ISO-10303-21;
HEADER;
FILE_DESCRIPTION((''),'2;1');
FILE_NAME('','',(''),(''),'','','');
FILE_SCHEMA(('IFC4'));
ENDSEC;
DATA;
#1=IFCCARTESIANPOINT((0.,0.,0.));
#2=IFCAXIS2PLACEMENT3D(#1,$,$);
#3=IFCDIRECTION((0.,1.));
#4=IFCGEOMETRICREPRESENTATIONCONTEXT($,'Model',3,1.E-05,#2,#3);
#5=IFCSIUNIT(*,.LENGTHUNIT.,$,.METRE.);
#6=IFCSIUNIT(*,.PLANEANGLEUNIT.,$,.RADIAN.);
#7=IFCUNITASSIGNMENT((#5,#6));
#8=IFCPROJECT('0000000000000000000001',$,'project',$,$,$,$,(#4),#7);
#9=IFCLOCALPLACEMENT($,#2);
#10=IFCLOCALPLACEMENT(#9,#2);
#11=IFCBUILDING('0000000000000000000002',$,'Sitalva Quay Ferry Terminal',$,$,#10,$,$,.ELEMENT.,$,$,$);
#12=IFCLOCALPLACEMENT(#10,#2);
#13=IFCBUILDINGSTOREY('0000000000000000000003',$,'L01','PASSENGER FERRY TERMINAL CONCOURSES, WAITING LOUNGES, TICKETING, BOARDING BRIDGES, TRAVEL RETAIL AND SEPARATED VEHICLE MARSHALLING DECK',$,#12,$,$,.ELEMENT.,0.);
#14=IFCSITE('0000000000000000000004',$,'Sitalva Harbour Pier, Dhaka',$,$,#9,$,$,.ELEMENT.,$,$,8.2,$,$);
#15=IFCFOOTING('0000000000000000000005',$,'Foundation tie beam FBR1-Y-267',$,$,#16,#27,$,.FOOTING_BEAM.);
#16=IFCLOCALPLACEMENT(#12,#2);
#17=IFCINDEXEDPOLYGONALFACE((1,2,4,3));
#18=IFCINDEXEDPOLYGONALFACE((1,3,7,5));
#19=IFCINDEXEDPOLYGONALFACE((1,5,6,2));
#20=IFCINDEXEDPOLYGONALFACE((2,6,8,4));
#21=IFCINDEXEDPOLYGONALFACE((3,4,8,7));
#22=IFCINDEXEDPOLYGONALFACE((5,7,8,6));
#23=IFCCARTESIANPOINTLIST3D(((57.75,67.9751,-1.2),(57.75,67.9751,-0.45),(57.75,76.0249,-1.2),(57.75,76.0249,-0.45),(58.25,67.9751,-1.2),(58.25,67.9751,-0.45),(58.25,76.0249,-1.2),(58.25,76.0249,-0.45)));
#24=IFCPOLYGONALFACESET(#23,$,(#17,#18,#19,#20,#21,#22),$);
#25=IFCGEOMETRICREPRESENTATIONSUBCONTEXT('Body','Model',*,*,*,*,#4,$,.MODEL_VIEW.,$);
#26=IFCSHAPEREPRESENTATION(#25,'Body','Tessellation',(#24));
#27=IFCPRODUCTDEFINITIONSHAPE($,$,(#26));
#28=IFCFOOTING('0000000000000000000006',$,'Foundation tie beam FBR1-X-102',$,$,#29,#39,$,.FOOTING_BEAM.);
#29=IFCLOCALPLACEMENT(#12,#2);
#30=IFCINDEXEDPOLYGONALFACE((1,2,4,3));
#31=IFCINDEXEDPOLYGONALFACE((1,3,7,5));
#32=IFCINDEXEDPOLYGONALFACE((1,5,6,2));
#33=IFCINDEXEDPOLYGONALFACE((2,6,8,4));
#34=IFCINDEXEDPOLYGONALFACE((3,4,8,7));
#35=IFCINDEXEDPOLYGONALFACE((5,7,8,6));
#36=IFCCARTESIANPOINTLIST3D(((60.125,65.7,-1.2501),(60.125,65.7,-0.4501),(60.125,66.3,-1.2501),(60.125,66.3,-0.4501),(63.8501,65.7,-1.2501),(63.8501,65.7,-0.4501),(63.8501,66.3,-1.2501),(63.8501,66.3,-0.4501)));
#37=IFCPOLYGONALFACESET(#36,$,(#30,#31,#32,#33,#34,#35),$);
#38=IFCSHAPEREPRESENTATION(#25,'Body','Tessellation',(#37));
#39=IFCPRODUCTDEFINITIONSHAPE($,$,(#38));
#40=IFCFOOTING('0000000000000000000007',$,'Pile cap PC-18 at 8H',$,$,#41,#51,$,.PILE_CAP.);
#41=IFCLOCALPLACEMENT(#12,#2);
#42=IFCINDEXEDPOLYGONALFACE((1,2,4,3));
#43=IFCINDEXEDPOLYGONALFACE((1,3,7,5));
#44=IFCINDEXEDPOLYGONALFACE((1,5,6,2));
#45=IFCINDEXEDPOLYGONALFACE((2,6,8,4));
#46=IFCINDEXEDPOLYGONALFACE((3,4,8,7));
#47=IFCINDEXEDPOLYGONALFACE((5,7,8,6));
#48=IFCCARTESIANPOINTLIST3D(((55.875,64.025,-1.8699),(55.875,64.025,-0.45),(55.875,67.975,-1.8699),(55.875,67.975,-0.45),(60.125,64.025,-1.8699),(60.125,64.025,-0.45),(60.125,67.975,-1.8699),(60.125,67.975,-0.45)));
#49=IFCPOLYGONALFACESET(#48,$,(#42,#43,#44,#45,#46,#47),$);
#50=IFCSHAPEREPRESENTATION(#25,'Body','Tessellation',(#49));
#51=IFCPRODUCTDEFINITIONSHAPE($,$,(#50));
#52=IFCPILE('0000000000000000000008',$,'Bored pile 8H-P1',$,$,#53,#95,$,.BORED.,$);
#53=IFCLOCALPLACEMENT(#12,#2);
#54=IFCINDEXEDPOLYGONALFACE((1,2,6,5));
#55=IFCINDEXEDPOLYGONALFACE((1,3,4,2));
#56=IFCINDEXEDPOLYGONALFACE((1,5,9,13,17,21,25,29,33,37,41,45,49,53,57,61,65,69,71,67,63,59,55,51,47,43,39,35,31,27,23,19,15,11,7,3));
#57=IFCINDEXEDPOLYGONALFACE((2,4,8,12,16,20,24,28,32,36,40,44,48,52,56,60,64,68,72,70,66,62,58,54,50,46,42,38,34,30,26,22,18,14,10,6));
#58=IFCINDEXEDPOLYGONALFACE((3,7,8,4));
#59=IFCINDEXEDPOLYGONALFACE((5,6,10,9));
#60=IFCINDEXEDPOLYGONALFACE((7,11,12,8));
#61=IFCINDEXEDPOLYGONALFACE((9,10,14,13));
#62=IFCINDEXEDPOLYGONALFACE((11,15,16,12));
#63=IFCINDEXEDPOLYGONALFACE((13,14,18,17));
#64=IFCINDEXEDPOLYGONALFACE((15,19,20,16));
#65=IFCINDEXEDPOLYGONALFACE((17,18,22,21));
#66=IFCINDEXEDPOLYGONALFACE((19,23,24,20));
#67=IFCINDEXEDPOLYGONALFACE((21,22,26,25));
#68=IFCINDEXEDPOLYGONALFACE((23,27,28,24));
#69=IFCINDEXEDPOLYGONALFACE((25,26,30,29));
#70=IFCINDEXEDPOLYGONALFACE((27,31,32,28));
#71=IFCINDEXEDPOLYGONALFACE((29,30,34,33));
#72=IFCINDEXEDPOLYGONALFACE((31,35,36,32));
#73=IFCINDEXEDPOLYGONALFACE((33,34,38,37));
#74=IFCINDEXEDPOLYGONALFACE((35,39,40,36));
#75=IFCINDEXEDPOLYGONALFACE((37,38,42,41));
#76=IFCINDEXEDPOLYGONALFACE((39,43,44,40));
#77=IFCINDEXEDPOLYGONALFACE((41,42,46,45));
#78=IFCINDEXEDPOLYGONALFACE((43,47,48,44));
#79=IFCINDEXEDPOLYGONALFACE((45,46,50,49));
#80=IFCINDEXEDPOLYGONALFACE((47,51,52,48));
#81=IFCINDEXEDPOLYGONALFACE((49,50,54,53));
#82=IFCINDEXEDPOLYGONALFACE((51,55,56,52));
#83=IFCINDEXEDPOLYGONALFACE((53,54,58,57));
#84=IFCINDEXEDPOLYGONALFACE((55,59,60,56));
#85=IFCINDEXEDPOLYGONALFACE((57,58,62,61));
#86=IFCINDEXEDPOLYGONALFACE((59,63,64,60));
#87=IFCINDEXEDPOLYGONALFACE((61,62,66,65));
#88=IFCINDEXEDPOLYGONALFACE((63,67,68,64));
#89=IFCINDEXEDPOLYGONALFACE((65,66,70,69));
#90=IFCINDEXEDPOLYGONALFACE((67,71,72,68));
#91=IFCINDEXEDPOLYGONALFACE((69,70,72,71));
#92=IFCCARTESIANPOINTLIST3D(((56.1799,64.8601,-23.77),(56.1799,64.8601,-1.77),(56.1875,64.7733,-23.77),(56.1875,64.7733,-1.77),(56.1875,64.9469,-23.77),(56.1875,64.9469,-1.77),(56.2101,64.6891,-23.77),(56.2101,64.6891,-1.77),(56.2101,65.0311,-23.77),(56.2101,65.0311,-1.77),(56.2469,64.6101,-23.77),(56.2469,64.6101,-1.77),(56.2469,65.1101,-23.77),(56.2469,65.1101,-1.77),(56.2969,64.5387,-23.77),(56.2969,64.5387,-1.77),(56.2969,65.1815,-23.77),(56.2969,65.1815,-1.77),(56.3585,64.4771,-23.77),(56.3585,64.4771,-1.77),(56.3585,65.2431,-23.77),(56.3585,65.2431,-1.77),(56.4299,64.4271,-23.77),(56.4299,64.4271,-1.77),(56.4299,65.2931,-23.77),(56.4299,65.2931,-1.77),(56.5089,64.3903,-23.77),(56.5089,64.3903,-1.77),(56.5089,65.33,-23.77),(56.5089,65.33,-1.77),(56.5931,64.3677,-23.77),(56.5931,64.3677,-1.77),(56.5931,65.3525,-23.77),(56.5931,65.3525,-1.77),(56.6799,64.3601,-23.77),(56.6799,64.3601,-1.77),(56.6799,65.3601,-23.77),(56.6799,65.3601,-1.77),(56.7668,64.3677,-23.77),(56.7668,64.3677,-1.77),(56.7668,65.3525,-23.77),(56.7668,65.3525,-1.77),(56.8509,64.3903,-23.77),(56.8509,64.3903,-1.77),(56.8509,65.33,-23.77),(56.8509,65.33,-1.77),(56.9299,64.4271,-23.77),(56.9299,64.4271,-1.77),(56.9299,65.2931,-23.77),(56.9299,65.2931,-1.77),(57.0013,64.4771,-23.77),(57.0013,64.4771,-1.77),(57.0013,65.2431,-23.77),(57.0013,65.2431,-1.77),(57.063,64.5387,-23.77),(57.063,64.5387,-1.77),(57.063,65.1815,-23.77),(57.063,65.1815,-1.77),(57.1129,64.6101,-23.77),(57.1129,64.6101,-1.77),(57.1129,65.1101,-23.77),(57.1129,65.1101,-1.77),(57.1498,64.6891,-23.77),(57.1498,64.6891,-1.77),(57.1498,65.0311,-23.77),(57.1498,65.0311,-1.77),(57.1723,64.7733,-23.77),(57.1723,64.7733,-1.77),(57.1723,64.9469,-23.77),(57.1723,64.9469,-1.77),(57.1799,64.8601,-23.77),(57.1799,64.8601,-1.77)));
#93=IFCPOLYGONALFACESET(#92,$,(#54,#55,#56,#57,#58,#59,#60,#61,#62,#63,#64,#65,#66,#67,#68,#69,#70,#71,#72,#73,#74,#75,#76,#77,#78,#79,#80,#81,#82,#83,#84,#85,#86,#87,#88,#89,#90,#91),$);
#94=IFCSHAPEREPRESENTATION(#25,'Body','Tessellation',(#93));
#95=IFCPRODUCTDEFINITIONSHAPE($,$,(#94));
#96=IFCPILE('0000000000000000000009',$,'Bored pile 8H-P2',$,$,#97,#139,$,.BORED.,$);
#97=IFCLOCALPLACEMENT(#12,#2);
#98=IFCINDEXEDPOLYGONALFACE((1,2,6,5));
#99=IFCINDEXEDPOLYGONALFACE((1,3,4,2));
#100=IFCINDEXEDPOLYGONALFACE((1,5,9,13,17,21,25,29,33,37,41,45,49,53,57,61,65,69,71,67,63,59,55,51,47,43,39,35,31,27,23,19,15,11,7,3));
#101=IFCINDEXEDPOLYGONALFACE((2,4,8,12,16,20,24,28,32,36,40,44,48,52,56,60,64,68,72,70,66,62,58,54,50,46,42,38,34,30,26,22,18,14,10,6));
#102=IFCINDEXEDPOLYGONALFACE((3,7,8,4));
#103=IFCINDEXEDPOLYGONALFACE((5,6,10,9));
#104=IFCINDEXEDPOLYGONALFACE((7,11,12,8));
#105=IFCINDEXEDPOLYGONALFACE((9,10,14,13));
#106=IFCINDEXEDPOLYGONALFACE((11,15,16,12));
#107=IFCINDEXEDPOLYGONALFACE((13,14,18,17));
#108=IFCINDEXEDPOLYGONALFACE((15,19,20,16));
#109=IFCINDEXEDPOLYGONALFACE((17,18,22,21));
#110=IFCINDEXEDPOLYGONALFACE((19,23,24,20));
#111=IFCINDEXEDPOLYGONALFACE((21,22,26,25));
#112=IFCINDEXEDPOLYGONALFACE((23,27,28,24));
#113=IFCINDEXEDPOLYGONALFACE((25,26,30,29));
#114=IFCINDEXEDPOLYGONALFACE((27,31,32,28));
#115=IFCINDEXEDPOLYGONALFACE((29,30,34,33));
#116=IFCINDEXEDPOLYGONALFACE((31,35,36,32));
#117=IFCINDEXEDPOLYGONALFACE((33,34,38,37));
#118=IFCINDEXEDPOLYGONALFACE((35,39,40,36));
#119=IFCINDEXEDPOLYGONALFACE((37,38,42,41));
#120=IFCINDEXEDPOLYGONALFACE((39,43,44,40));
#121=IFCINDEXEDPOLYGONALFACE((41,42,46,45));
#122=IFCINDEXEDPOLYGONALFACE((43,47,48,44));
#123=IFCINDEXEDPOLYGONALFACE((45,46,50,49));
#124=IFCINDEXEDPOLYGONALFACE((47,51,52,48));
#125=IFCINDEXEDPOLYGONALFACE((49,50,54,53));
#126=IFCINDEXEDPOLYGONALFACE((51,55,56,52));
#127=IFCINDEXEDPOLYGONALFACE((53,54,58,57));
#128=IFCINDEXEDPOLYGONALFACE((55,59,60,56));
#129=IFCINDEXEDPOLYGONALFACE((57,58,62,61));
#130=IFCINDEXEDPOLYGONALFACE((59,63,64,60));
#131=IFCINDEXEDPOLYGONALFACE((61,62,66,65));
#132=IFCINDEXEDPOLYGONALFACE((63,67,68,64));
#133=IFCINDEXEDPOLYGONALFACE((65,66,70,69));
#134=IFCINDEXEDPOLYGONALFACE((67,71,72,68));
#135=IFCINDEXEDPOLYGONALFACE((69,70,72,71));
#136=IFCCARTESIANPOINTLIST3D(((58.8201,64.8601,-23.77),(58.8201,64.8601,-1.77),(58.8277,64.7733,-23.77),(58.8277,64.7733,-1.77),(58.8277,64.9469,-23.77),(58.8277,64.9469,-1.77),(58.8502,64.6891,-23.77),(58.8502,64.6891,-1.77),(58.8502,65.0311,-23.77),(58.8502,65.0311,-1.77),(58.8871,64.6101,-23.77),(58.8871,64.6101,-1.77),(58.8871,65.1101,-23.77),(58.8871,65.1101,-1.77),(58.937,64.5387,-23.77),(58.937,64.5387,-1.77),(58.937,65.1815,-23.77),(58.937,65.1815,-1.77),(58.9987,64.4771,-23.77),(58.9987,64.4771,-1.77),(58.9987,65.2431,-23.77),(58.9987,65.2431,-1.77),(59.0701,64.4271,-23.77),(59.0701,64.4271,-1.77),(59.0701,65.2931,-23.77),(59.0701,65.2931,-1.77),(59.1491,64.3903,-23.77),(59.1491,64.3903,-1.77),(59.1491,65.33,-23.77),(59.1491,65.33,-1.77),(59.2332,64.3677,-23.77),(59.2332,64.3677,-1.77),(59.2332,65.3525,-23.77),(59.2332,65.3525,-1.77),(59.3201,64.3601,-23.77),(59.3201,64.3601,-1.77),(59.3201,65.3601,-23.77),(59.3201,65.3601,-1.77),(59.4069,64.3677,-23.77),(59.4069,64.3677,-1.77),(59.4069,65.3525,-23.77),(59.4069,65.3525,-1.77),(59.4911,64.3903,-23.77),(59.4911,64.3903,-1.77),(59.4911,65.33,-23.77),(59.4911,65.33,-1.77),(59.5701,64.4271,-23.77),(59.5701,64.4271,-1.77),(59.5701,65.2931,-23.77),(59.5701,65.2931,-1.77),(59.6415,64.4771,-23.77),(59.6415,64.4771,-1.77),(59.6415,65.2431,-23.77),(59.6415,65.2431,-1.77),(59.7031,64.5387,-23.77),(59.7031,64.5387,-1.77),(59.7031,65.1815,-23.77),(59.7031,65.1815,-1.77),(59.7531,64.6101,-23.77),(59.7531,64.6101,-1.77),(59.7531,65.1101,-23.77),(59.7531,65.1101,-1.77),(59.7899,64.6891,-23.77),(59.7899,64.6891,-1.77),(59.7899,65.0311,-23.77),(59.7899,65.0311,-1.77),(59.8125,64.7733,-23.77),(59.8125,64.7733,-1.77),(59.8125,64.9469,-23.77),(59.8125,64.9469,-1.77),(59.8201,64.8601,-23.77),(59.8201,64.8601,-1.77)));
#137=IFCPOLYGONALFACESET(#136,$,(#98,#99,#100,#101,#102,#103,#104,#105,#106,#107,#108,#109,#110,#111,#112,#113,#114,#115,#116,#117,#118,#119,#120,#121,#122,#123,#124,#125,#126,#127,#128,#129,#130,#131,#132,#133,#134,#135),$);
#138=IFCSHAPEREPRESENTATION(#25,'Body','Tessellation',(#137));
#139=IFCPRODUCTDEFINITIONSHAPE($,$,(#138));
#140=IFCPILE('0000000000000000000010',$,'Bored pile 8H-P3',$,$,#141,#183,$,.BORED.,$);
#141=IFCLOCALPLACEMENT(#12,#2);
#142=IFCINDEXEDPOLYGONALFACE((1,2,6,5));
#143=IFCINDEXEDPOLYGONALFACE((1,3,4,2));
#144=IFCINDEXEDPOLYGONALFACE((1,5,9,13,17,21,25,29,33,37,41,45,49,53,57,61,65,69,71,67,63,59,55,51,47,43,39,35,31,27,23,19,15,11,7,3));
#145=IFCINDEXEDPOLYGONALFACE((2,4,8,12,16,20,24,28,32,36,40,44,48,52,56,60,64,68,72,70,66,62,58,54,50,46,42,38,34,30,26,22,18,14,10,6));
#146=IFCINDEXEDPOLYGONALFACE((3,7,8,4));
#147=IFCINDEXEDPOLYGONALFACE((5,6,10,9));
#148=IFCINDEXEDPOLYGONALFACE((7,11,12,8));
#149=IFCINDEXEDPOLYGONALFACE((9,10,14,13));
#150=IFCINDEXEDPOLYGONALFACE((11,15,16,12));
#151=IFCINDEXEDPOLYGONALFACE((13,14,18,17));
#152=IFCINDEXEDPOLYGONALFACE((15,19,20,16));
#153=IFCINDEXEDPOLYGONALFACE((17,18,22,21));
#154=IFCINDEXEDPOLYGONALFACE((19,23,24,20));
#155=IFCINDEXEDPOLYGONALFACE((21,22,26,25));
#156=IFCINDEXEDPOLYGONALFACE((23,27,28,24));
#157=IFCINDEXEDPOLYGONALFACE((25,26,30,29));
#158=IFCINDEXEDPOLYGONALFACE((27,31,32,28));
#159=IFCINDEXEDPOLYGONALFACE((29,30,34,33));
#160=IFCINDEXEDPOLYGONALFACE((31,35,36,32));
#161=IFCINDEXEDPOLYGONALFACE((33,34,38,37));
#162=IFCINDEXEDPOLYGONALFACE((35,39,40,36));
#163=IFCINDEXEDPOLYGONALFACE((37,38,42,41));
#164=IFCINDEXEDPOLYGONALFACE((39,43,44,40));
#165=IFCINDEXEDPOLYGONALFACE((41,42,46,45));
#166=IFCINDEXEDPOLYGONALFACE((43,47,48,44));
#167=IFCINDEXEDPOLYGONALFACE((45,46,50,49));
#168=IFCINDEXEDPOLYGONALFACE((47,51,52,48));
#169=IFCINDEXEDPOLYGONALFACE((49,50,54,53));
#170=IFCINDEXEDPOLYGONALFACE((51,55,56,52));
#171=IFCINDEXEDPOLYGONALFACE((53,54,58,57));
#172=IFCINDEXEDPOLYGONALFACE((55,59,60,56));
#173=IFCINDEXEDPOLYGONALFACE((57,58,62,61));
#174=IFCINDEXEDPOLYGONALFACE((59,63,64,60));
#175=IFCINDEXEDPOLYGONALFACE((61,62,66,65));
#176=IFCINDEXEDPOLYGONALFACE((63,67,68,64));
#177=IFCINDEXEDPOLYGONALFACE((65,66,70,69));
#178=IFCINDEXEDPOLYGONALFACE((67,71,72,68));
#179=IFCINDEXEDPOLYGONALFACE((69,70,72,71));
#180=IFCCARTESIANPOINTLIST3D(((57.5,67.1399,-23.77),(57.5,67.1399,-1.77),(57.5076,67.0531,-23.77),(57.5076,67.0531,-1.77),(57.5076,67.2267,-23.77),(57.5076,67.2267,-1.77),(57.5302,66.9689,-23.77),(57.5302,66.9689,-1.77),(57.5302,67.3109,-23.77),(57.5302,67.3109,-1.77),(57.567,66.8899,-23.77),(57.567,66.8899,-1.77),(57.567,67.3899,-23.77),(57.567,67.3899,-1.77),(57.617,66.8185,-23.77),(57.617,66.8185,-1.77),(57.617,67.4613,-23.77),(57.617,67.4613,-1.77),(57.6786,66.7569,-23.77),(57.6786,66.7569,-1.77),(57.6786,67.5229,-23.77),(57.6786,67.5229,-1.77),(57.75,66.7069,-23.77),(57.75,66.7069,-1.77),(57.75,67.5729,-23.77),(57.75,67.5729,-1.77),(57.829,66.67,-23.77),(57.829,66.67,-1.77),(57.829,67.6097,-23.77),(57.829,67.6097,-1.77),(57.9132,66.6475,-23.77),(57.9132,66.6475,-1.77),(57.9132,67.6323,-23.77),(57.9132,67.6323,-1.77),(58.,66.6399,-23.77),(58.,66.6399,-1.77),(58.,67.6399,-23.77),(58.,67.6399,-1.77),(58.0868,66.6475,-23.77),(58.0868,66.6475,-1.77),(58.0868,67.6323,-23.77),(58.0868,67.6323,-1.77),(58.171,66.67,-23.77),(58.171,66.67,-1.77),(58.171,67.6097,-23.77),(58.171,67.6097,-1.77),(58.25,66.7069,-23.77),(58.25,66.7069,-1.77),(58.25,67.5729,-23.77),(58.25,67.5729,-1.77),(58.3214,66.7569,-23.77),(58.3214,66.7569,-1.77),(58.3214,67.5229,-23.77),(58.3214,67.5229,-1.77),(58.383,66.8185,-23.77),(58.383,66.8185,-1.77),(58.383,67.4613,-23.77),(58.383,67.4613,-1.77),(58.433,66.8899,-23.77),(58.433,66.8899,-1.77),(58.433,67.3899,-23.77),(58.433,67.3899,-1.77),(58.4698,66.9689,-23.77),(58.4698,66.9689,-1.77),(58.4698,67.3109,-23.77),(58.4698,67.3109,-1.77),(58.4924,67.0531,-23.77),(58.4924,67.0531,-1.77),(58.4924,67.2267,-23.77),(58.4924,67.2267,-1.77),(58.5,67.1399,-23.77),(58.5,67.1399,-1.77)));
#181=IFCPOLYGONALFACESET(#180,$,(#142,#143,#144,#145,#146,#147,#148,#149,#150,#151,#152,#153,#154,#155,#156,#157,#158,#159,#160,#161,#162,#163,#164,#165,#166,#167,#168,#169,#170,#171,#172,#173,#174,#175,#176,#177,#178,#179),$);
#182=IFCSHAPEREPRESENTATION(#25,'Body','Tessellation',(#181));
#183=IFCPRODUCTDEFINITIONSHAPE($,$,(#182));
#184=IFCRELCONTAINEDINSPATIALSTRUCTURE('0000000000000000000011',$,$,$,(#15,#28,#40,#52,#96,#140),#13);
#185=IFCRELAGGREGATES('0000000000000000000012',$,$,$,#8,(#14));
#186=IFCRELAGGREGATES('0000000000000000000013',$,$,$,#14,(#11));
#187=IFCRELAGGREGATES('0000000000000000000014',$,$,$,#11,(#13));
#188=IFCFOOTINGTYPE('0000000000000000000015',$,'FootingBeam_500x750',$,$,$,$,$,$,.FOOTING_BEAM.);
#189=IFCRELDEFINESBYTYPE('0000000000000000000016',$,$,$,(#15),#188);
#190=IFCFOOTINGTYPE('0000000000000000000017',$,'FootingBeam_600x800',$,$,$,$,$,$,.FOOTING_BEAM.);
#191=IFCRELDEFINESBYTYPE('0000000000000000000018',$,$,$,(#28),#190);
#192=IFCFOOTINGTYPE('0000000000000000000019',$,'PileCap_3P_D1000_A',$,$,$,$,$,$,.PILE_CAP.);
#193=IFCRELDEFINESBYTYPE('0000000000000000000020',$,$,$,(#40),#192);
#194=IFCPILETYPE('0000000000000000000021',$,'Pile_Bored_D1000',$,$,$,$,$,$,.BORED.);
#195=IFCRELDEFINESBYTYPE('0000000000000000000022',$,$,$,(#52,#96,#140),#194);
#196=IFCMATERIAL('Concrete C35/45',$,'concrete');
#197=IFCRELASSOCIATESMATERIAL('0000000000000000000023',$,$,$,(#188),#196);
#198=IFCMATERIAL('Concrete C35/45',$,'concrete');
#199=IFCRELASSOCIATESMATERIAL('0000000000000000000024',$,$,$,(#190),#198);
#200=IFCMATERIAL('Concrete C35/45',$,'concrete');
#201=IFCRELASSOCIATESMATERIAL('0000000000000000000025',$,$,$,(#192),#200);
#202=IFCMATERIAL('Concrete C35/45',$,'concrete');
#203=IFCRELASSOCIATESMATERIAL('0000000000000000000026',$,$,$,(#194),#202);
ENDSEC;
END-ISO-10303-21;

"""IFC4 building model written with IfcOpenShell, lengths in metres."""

from ifc_helpers import new_model, si_unit, direction, frame, origin, origin_2d, place, context, subcontext, project, spatial, rectangle, circle, extrude, material, material_profile, profile_set, type_object, element, save


model = new_model("IFC4")

# Units and contexts
model_context = context("Model", 3, precision=1e-05, world=origin(), true_north=direction((0.0, 1.0)))
body_context = subcontext(model_context, "Body", "Model", "MODEL_VIEW")
ifc_project = project(units=[si_unit("LENGTHUNIT", "METRE"), si_unit("PLANEANGLEUNIT", "RADIAN")], contexts=[model_context])

# Site, building, storey
site_placement = place(None, origin())
site = spatial("IfcSite", under=ifc_project, at=site_placement, Name="Sitalva Harbour Pier, Dhaka", CompositionType="ELEMENT", RefElevation=8.2)
building_placement = place(site_placement, origin())
building = spatial("IfcBuilding", under=site, at=building_placement, Name="Sitalva Quay Ferry Terminal", CompositionType="ELEMENT")
storey_placement = place(building_placement, origin())
storey = spatial("IfcBuildingStorey", under=building, at=storey_placement, Name="L01", Description="PASSENGER FERRY TERMINAL CONCOURSES, WAITING LOUNGES, TICKETING, BOARDING BRIDGES, TRAVEL RETAIL AND SEPARATED VEHICLE MARSHALLING DECK", CompositionType="ELEMENT", Elevation=0.0)

# Footings
ifc_material_1 = material(Name="Concrete C35/45", Category="concrete")
ifc_material_profile_1 = material_profile(ifc_material_1, rectangle(XDim=0.5, YDim=0.75, at=origin_2d()), Name="RC500x750")
ifc_profile_set_1 = profile_set([ifc_material_profile_1], Name="Concrete C35/45")
footing_type_1 = type_object("IfcFootingType", Name="FootingBeam_500x750", PredefinedType="FOOTING_BEAM", material=ifc_profile_set_1)
footing_1_placement = place(storey_placement, frame((58.0, 67.9751, -0.825), z_axis=(0.0, 1.0, 0.0), x_axis=(-1.0, 0.0, 0.0)))
element("IfcFooting", 1, at=footing_1_placement, inside=storey, type_object=footing_type_1, Name="Foundation tie beam FBR1-Y-267", PredefinedType="FOOTING_BEAM", context=body_context, shape_type="SweptSolid", body=[
    extrude(rectangle(XDim=0.5, YDim=0.75, at=origin_2d()), origin(), (0.0, 0.0, 1.0), 8.0498),
])
ifc_material_2 = material(Name="Concrete C35/45", Category="concrete")
ifc_material_profile_2 = material_profile(ifc_material_2, rectangle(XDim=0.6001, YDim=0.8, at=origin_2d()), Name="RC600x800")
ifc_profile_set_2 = profile_set([ifc_material_profile_2], Name="Concrete C35/45")
footing_type_2 = type_object("IfcFootingType", Name="FootingBeam_600x800", PredefinedType="FOOTING_BEAM", material=ifc_profile_set_2)
footing_2_placement = place(storey_placement, frame((60.125, 66.0, -0.8501), z_axis=(1.0, 0.0, 0.0), x_axis=(0.0, 1.0, 0.0)))
element("IfcFooting", 2, at=footing_2_placement, inside=storey, type_object=footing_type_2, Name="Foundation tie beam FBR1-X-102", PredefinedType="FOOTING_BEAM", context=body_context, shape_type="SweptSolid", body=[
    extrude(rectangle(XDim=0.6001, YDim=0.8, at=origin_2d()), origin(), (0.0, 0.0, 1.0), 3.7251),
])
ifc_material_3 = material(Name="Concrete C35/45", Category="concrete")
footing_type_3 = type_object("IfcFootingType", Name="PileCap_3P_D1000_A", PredefinedType="PILE_CAP", material=ifc_material_3)
footing_3_placement = place(storey_placement, frame((58.0, 66.0, -1.8699), z_axis=(0.0, 0.0, 1.0), x_axis=(1.0, 0.0, 0.0)))
element("IfcFooting", 3, at=footing_3_placement, inside=storey, type_object=footing_type_3, Name="Pile cap PC-18 at 8H", PredefinedType="PILE_CAP", context=body_context, shape_type="SweptSolid", body=[
    extrude(rectangle(XDim=4.25, YDim=3.95, at=origin_2d()), origin(), (0.0, 0.0, 1.0), 1.4199),
])

# Piles
ifc_material_4 = material(Name="Concrete C35/45", Category="concrete")
ifc_material_profile_3 = material_profile(ifc_material_4, circle(Radius=0.5, at=origin_2d()), Name="PILE-D1000")
ifc_profile_set_3 = profile_set([ifc_material_profile_3], Name="Concrete C35/45")
pile_type = type_object("IfcPileType", Name="Pile_Bored_D1000", PredefinedType="BORED", material=ifc_profile_set_3)
for number, where, z_axis, x_axis, name in (
    (4, (56.6799, 64.8601, -1.77), (0.0, 0.0, -1.0), (1.0, 0.0, 0.0), "Bored pile 8H-P1"),
    (5, (59.3201, 64.8601, -1.77), (0.0, 0.0, -1.0), (1.0, 0.0, 0.0), "Bored pile 8H-P2"),
    (6, (58.0, 67.1399, -1.77), (0.0, 0.0, -1.0), (1.0, 0.0, 0.0), "Bored pile 8H-P3"),
):
    element("IfcPile", number, at=place(storey_placement, frame(where, z_axis=z_axis, x_axis=x_axis)), inside=storey, type_object=pile_type, Name=name, PredefinedType="BORED", context=body_context, shape_type="SweptSolid", body=[
        extrude(circle(Radius=0.5, at=origin_2d()), origin(), (0.0, 0.0, 1.0), 22.0),
    ])

save(model, "model.ifc")
